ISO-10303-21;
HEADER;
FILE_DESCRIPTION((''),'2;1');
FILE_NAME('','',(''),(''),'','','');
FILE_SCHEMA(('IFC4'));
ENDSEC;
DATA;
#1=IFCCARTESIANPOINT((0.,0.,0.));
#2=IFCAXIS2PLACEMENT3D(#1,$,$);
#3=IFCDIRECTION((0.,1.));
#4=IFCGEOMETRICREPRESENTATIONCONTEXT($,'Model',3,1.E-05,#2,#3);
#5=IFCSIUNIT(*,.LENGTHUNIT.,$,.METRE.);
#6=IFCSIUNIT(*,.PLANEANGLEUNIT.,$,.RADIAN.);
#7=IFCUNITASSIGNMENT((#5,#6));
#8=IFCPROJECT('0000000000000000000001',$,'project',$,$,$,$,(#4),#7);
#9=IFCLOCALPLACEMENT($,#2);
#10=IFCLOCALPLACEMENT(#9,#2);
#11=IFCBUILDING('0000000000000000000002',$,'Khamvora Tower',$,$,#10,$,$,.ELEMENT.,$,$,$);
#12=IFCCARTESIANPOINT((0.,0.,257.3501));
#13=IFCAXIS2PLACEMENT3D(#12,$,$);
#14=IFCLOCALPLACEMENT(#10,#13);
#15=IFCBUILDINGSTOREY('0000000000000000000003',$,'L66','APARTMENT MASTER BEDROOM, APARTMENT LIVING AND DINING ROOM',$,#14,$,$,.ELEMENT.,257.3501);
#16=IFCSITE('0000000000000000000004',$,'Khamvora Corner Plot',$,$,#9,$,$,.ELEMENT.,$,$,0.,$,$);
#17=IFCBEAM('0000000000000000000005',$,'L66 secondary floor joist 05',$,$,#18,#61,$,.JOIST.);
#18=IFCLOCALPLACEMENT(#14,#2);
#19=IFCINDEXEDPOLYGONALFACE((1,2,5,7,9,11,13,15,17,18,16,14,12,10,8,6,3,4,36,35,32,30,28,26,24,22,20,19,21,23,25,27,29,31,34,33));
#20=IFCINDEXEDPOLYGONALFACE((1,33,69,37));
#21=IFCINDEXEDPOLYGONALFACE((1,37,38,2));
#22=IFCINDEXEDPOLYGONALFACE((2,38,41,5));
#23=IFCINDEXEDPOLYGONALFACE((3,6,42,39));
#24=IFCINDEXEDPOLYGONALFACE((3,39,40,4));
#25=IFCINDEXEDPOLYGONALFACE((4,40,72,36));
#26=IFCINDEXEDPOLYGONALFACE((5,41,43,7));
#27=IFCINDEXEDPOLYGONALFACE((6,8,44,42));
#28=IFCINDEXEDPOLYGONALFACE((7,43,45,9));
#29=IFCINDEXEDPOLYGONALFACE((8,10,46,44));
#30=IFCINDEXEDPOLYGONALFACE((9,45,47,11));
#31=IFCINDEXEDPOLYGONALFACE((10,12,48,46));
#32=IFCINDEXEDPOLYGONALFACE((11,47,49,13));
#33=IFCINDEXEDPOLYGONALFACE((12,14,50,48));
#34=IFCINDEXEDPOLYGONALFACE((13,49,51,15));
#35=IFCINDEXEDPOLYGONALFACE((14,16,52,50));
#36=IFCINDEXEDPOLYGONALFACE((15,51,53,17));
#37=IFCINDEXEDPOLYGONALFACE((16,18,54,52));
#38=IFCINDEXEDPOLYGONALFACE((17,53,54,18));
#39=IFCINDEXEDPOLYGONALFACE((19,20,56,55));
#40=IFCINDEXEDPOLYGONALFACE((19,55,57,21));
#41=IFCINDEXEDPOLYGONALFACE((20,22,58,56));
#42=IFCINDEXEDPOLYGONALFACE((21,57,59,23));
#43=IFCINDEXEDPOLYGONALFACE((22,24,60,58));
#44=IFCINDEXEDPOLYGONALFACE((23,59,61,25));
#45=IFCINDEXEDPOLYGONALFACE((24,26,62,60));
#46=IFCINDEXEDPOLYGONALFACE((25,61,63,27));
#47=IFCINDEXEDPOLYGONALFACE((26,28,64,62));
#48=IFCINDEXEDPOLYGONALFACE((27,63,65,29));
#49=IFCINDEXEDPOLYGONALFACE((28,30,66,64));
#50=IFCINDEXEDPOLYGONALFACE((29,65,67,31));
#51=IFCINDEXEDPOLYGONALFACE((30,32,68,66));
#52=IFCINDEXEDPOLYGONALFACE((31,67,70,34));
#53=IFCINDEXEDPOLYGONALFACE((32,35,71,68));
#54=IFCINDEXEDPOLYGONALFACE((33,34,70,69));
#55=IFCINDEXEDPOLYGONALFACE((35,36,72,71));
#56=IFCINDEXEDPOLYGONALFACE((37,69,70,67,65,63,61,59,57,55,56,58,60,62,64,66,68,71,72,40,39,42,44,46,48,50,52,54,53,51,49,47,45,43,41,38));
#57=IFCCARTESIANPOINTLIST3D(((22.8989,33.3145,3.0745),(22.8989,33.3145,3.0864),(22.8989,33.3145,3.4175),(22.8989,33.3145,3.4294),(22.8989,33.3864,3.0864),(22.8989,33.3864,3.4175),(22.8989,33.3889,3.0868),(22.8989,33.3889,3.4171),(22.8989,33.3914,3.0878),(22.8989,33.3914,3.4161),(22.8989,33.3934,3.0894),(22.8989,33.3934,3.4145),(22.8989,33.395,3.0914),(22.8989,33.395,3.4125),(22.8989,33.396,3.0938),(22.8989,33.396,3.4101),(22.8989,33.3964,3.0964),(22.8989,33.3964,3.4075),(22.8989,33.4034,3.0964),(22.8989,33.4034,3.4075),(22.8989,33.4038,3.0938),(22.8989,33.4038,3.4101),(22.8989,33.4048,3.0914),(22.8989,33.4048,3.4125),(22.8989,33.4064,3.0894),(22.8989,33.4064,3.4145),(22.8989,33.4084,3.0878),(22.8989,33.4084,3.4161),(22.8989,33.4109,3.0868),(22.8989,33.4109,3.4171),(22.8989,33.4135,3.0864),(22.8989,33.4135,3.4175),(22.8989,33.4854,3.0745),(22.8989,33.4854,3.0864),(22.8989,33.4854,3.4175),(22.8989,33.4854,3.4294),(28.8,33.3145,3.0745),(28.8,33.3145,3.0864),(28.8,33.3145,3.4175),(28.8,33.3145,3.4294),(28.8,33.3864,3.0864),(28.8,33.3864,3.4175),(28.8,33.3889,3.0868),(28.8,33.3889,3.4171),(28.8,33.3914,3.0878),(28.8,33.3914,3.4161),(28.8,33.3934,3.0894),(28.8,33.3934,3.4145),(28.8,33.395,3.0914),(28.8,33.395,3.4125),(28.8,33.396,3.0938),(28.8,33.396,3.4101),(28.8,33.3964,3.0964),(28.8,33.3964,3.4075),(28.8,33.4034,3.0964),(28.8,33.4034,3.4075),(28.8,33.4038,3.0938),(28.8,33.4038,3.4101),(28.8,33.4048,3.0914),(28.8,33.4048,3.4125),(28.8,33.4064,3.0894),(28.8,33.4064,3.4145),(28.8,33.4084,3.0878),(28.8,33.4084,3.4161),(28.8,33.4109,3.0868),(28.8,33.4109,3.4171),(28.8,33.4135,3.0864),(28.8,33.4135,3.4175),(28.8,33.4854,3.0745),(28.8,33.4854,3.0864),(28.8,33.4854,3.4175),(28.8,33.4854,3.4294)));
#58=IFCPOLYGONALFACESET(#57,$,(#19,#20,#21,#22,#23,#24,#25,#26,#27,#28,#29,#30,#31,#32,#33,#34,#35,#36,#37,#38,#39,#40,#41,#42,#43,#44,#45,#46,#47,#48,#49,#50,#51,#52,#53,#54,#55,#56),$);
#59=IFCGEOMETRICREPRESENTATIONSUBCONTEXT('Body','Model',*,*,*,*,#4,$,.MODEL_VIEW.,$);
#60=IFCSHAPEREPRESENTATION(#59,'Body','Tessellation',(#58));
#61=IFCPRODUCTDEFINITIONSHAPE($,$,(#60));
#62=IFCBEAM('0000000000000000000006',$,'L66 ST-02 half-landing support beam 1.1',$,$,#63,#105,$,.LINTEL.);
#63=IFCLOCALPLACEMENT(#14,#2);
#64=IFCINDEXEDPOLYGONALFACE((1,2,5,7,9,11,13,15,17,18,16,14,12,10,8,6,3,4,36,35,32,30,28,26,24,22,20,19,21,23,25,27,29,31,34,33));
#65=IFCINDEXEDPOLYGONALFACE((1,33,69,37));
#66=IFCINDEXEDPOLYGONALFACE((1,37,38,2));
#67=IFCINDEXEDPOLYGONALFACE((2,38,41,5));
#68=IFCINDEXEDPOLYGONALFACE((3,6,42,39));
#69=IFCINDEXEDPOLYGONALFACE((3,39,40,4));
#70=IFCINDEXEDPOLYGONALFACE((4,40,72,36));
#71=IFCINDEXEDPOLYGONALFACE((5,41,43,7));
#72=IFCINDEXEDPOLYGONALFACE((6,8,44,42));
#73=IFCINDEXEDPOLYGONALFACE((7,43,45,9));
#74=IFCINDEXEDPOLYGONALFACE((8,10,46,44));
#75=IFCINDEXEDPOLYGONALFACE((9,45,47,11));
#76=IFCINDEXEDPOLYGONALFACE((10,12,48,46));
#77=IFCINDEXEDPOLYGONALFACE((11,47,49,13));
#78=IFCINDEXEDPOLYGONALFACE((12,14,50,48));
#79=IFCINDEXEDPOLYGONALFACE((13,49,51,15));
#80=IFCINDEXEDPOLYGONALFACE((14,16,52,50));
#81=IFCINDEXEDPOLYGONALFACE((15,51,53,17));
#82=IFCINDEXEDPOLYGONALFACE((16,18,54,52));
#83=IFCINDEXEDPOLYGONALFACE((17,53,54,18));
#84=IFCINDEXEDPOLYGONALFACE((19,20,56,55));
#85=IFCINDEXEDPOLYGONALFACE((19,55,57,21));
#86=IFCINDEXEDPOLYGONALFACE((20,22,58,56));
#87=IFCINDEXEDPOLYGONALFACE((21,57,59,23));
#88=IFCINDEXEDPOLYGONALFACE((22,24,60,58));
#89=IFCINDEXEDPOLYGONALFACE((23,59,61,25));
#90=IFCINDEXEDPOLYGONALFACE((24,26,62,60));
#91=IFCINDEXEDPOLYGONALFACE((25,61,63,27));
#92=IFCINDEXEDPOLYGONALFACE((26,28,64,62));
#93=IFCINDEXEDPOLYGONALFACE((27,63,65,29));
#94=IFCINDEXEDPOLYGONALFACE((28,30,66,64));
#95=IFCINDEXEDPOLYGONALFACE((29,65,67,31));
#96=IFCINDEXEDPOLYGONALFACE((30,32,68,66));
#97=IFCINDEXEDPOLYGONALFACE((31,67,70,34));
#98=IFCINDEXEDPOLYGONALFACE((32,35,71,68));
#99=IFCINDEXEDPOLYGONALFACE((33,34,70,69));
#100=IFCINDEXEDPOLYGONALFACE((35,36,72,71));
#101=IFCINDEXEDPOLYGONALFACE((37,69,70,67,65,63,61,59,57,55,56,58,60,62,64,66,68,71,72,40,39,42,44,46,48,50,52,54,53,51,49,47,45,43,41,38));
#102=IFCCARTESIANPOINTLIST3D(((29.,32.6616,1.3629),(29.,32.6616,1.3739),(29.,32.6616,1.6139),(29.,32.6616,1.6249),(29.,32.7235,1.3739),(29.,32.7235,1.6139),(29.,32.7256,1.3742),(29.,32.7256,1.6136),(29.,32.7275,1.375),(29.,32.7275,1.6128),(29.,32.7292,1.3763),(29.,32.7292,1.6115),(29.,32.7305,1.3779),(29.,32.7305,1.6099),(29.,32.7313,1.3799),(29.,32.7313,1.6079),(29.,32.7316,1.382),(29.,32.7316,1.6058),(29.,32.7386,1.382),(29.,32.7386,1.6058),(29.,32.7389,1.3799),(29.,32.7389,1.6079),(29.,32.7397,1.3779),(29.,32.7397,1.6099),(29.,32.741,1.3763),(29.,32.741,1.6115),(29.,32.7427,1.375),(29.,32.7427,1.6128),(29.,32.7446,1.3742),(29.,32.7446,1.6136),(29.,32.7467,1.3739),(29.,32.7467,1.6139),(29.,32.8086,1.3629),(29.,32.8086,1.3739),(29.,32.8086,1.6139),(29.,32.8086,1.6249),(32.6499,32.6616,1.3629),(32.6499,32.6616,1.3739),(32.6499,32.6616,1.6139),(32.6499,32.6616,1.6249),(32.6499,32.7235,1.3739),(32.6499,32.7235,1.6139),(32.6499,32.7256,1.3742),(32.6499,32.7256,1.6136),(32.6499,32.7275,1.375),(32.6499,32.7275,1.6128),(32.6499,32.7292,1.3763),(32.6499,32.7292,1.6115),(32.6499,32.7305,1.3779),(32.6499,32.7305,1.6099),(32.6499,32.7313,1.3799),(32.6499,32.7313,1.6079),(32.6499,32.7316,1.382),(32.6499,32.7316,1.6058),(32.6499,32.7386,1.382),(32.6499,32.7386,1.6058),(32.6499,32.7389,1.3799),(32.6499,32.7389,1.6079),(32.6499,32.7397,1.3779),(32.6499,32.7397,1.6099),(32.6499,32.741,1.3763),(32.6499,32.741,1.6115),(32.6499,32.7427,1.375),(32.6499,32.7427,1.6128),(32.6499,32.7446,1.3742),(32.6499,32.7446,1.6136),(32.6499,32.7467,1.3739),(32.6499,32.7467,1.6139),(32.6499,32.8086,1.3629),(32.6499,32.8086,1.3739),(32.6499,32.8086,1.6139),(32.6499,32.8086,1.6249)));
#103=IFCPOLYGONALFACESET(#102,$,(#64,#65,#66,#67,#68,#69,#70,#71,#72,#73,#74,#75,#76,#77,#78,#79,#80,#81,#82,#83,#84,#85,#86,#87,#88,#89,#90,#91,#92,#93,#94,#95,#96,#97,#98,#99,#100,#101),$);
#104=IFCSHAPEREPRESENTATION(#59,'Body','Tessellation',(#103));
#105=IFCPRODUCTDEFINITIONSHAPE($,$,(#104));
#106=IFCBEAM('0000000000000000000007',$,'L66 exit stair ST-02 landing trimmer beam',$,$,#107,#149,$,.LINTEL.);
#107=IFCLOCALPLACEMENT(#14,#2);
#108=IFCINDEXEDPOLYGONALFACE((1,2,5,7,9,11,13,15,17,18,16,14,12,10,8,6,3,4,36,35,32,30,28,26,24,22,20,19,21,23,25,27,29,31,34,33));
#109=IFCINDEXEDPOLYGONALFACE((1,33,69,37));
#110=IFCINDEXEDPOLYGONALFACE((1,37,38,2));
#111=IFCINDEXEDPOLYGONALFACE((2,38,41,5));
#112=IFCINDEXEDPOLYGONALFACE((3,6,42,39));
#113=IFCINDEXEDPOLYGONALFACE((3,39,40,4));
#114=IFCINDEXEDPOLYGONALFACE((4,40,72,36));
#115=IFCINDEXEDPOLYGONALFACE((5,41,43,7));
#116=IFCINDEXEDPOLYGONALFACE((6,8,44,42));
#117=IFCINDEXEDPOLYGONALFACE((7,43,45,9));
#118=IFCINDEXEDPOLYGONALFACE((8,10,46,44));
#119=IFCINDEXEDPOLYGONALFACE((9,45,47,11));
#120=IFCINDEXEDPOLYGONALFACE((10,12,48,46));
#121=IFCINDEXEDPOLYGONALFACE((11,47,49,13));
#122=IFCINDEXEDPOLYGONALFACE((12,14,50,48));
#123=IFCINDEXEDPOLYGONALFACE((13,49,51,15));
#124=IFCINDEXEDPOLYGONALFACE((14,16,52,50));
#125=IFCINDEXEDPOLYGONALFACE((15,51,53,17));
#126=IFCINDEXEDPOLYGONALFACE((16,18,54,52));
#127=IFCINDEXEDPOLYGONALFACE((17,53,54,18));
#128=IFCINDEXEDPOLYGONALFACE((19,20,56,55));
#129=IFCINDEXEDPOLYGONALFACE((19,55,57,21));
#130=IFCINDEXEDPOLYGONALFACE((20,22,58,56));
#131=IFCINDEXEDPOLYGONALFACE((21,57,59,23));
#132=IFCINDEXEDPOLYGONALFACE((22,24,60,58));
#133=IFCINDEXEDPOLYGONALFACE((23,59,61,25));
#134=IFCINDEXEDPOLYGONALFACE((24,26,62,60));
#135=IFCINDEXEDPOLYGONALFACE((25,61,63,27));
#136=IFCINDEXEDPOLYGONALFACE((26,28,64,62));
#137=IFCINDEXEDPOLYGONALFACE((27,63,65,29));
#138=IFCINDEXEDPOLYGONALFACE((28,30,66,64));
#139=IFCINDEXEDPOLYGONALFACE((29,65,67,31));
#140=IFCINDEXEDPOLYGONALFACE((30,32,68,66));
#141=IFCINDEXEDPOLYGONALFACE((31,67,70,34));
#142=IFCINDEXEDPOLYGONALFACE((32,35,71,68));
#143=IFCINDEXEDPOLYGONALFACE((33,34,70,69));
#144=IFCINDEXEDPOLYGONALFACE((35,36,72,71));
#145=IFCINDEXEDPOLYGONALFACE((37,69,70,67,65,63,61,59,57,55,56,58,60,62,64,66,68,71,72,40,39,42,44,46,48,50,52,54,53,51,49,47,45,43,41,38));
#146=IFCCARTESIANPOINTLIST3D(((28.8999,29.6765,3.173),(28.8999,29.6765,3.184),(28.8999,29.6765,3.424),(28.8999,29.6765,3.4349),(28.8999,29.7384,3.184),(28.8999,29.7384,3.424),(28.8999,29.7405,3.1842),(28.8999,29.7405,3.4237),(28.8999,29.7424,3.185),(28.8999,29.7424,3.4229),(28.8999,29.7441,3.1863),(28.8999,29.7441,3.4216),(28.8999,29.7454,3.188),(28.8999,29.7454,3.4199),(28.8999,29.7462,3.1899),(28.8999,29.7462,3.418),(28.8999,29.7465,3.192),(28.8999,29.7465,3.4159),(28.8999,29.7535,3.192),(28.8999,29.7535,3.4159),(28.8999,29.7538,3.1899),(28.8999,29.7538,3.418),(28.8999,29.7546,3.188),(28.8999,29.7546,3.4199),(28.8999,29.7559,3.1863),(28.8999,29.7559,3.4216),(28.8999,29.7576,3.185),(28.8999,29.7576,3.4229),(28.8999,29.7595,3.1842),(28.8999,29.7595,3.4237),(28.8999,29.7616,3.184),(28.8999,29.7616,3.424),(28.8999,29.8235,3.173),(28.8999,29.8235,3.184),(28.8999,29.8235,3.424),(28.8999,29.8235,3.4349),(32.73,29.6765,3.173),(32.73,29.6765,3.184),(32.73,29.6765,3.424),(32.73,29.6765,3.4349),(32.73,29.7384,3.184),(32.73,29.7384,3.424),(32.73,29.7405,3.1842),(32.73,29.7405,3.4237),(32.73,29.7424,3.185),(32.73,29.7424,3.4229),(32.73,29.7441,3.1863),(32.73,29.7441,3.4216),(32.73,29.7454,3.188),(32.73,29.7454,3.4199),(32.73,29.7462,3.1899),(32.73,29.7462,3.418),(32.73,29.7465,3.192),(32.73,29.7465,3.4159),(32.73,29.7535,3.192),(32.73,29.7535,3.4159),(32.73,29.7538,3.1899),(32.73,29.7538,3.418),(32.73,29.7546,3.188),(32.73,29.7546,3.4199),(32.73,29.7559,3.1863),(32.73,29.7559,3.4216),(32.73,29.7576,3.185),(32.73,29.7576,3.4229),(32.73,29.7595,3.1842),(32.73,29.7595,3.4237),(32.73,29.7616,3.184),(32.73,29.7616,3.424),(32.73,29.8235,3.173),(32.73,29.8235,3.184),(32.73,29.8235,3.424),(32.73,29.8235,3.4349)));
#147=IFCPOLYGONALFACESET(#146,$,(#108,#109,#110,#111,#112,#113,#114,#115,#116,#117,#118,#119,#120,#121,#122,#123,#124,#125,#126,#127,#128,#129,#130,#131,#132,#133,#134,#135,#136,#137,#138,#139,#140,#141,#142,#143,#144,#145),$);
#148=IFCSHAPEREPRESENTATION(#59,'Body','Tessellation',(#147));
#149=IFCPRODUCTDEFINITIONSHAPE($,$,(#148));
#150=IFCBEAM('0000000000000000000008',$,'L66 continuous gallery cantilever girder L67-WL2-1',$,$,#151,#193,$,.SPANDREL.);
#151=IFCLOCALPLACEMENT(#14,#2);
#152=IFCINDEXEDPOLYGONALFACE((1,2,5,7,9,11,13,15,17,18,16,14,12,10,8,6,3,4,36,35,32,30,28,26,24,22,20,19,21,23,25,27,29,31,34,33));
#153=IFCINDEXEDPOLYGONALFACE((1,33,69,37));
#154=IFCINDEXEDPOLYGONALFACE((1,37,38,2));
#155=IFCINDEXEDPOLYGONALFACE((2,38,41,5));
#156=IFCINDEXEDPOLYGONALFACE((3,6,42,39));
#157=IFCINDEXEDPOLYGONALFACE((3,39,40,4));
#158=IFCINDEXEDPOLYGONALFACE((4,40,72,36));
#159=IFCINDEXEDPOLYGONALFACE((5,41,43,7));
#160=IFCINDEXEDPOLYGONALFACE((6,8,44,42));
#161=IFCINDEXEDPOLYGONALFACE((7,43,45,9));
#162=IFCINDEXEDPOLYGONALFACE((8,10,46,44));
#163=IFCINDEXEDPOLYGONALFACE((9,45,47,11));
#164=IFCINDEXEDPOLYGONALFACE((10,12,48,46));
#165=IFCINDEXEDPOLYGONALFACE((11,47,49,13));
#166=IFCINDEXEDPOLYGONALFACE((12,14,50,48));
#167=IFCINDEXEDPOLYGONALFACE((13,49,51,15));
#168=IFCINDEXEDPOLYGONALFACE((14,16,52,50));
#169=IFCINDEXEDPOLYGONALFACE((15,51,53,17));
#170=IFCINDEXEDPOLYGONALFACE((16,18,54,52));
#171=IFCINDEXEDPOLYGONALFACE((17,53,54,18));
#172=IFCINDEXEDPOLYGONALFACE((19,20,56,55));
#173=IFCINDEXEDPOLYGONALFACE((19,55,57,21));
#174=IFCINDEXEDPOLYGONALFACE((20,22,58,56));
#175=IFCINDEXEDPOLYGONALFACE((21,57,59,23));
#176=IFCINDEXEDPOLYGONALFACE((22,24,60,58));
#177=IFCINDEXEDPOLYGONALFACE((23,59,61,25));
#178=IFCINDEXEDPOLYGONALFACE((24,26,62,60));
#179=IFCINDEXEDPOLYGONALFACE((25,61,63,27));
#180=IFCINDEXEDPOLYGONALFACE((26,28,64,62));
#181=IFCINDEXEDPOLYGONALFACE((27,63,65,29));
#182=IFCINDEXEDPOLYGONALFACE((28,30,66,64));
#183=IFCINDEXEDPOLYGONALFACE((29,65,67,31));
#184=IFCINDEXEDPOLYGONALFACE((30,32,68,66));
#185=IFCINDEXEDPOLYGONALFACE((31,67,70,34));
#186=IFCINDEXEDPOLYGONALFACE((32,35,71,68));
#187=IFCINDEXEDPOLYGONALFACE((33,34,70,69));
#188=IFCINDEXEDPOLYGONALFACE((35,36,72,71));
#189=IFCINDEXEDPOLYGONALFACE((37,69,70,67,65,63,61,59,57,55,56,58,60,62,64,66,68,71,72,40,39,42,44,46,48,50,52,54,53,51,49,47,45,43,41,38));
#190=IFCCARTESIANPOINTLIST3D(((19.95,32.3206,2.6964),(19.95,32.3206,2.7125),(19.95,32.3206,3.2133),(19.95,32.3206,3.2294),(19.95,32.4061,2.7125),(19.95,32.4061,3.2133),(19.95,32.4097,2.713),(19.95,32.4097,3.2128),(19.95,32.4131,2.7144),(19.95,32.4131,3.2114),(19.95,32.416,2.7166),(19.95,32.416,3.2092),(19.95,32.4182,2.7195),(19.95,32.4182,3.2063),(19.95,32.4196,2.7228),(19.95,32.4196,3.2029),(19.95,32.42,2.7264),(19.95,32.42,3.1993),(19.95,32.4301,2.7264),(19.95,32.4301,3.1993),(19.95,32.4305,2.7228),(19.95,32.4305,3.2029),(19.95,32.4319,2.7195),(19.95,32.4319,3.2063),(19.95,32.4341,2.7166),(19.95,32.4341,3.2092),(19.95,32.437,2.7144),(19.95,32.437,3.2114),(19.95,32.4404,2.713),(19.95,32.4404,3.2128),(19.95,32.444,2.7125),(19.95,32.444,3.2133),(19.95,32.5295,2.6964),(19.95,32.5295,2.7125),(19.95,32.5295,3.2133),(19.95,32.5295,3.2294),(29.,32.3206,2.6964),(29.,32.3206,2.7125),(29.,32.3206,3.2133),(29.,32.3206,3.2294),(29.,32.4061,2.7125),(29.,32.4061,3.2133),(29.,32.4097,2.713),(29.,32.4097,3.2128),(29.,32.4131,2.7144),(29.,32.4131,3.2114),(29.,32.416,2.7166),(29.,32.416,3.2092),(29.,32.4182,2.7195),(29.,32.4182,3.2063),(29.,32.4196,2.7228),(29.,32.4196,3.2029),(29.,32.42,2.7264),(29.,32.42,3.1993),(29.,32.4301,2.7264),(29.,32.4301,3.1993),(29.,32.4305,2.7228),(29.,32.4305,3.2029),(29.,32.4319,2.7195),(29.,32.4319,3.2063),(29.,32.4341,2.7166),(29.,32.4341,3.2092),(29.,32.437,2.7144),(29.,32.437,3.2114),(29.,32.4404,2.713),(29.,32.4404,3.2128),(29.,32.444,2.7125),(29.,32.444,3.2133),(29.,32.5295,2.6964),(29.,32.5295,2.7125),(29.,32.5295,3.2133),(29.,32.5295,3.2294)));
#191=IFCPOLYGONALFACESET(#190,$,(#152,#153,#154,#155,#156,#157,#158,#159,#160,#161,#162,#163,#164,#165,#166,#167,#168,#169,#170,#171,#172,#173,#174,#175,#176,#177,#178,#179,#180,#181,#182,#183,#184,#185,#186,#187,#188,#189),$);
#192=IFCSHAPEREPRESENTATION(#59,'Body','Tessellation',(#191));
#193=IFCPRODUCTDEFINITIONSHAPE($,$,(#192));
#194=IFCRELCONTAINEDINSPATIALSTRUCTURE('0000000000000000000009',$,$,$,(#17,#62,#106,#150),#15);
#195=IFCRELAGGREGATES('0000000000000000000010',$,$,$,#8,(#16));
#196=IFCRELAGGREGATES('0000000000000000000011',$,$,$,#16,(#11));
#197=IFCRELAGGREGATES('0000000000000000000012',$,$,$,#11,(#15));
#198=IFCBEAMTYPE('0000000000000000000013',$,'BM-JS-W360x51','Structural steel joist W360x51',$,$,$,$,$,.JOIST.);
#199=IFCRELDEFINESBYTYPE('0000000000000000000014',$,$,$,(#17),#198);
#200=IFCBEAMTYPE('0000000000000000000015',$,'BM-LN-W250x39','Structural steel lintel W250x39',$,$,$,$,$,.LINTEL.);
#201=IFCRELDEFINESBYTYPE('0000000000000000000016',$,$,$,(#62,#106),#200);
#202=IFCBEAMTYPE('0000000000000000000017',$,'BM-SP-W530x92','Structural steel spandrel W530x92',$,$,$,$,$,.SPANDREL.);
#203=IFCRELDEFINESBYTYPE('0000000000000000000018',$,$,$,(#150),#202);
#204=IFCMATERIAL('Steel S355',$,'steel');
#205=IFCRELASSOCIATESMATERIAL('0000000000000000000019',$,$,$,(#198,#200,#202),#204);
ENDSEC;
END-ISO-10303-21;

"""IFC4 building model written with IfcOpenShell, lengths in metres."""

from ifc_helpers import new_model, si_unit, direction, frame, origin, origin_2d, place, context, subcontext, project, spatial, i_section, extrude, material, material_profile, profile_set, type_object, element, save


model = new_model("IFC4")

# Units and contexts
model_context = context("Model", 3, precision=1e-05, world=origin(), true_north=direction((0.0, 1.0)))
body_context = subcontext(model_context, "Body", "Model", "MODEL_VIEW")
ifc_project = project(units=[si_unit("LENGTHUNIT", "METRE"), si_unit("PLANEANGLEUNIT", "RADIAN")], contexts=[model_context])

# Site, building, storey
site_placement = place(None, origin())
site = spatial("IfcSite", under=ifc_project, at=site_placement, Name="Khamvora Corner Plot", CompositionType="ELEMENT", RefElevation=0.0)
building_placement = place(site_placement, origin())
building = spatial("IfcBuilding", under=site, at=building_placement, Name="Khamvora Tower", CompositionType="ELEMENT")
storey_placement = place(building_placement, frame((0.0, 0.0, 257.3501)))
storey = spatial("IfcBuildingStorey", under=building, at=storey_placement, Name="L66", Description="APARTMENT MASTER BEDROOM, APARTMENT LIVING AND DINING ROOM", CompositionType="ELEMENT", Elevation=257.3501)

# Beams
ifc_material_1 = material(Name="Steel S355", Category="steel")
ifc_material_profile_1 = material_profile(ifc_material_1, i_section(OverallWidth=0.1709, OverallDepth=0.355, WebThickness=0.0071, FlangeThickness=0.012, FilletRadius=0.01, at=origin_2d()), Name="W360x51")
ifc_profile_set_1 = profile_set([ifc_material_profile_1], Name="Steel S355")
beam_type_1 = type_object("IfcBeamType", Name="BM-JS-W360x51", Description="Structural steel joist W360x51", PredefinedType="JOIST", material=ifc_profile_set_1)
beam_1_placement = place(storey_placement, frame((22.8989, 33.3999, 3.252), z_axis=(1.0, 0.0, 0.0), x_axis=(0.0, 1.0, 0.0)))
element("IfcBeam", 1, at=beam_1_placement, inside=storey, type_object=beam_type_1, Name="L66 secondary floor joist 05", PredefinedType="JOIST", context=body_context, shape_type="SweptSolid", body=[
    extrude(i_section(OverallWidth=0.1709, OverallDepth=0.355, WebThickness=0.0071, FlangeThickness=0.012, FilletRadius=0.01, at=origin_2d()), origin(), (0.0, 0.0, 1.0), 5.9011),
])
ifc_material_profile_2 = material_profile(ifc_material_1, i_section(OverallWidth=0.147, OverallDepth=0.262, WebThickness=0.0071, FlangeThickness=0.011, FilletRadius=0.0081, at=origin_2d()), Name="W250x39")
ifc_profile_set_2 = profile_set([ifc_material_profile_2], Name="Steel S355")
beam_type_2 = type_object("IfcBeamType", Name="BM-LN-W250x39", Description="Structural steel lintel W250x39", PredefinedType="LINTEL", material=ifc_profile_set_2)
beam_2_placement = place(storey_placement, frame((29.0, 32.7351, 1.4939), z_axis=(1.0, 0.0, 0.0), x_axis=(0.0, 1.0, 0.0)))
element("IfcBeam", 2, at=beam_2_placement, inside=storey, type_object=beam_type_2, Name="L66 ST-02 half-landing support beam 1.1", PredefinedType="LINTEL", context=body_context, shape_type="SweptSolid", body=[
    extrude(i_section(OverallWidth=0.147, OverallDepth=0.262, WebThickness=0.0071, FlangeThickness=0.011, FilletRadius=0.0081, at=origin_2d()), origin(), (0.0, 0.0, 1.0), 3.6499),
])
beam_3_placement = place(storey_placement, frame((28.8999, 29.75, 3.304), z_axis=(1.0, 0.0, 0.0), x_axis=(0.0, 1.0, 0.0)))
element("IfcBeam", 3, at=beam_3_placement, inside=storey, type_object=beam_type_2, Name="L66 exit stair ST-02 landing trimmer beam", PredefinedType="LINTEL", context=body_context, shape_type="SweptSolid", body=[
    extrude(i_section(OverallWidth=0.147, OverallDepth=0.262, WebThickness=0.0071, FlangeThickness=0.011, FilletRadius=0.0081, at=origin_2d()), origin(), (0.0, 0.0, 1.0), 3.8301),
])
ifc_material_profile_3 = material_profile(ifc_material_1, i_section(OverallWidth=0.209, OverallDepth=0.533, WebThickness=0.01, FlangeThickness=0.0161, FilletRadius=0.0139, at=origin_2d()), Name="W530x92")
ifc_profile_set_3 = profile_set([ifc_material_profile_3], Name="Steel S355")
beam_type_3 = type_object("IfcBeamType", Name="BM-SP-W530x92", Description="Structural steel spandrel W530x92", PredefinedType="SPANDREL", material=ifc_profile_set_3)
beam_4_placement = place(storey_placement, frame((29.0, 32.425, 2.9629), z_axis=(-1.0, 0.0, 0.0), x_axis=(0.0, -1.0, 0.0)))
element("IfcBeam", 4, at=beam_4_placement, inside=storey, type_object=beam_type_3, Name="L66 continuous gallery cantilever girder L67-WL2-1", PredefinedType="SPANDREL", context=body_context, shape_type="SweptSolid", body=[
    extrude(i_section(OverallWidth=0.209, OverallDepth=0.533, WebThickness=0.01, FlangeThickness=0.0161, FilletRadius=0.0139, at=origin_2d()), origin(), (0.0, 0.0, 1.0), 9.05),
])

save(model, "model.ifc")
